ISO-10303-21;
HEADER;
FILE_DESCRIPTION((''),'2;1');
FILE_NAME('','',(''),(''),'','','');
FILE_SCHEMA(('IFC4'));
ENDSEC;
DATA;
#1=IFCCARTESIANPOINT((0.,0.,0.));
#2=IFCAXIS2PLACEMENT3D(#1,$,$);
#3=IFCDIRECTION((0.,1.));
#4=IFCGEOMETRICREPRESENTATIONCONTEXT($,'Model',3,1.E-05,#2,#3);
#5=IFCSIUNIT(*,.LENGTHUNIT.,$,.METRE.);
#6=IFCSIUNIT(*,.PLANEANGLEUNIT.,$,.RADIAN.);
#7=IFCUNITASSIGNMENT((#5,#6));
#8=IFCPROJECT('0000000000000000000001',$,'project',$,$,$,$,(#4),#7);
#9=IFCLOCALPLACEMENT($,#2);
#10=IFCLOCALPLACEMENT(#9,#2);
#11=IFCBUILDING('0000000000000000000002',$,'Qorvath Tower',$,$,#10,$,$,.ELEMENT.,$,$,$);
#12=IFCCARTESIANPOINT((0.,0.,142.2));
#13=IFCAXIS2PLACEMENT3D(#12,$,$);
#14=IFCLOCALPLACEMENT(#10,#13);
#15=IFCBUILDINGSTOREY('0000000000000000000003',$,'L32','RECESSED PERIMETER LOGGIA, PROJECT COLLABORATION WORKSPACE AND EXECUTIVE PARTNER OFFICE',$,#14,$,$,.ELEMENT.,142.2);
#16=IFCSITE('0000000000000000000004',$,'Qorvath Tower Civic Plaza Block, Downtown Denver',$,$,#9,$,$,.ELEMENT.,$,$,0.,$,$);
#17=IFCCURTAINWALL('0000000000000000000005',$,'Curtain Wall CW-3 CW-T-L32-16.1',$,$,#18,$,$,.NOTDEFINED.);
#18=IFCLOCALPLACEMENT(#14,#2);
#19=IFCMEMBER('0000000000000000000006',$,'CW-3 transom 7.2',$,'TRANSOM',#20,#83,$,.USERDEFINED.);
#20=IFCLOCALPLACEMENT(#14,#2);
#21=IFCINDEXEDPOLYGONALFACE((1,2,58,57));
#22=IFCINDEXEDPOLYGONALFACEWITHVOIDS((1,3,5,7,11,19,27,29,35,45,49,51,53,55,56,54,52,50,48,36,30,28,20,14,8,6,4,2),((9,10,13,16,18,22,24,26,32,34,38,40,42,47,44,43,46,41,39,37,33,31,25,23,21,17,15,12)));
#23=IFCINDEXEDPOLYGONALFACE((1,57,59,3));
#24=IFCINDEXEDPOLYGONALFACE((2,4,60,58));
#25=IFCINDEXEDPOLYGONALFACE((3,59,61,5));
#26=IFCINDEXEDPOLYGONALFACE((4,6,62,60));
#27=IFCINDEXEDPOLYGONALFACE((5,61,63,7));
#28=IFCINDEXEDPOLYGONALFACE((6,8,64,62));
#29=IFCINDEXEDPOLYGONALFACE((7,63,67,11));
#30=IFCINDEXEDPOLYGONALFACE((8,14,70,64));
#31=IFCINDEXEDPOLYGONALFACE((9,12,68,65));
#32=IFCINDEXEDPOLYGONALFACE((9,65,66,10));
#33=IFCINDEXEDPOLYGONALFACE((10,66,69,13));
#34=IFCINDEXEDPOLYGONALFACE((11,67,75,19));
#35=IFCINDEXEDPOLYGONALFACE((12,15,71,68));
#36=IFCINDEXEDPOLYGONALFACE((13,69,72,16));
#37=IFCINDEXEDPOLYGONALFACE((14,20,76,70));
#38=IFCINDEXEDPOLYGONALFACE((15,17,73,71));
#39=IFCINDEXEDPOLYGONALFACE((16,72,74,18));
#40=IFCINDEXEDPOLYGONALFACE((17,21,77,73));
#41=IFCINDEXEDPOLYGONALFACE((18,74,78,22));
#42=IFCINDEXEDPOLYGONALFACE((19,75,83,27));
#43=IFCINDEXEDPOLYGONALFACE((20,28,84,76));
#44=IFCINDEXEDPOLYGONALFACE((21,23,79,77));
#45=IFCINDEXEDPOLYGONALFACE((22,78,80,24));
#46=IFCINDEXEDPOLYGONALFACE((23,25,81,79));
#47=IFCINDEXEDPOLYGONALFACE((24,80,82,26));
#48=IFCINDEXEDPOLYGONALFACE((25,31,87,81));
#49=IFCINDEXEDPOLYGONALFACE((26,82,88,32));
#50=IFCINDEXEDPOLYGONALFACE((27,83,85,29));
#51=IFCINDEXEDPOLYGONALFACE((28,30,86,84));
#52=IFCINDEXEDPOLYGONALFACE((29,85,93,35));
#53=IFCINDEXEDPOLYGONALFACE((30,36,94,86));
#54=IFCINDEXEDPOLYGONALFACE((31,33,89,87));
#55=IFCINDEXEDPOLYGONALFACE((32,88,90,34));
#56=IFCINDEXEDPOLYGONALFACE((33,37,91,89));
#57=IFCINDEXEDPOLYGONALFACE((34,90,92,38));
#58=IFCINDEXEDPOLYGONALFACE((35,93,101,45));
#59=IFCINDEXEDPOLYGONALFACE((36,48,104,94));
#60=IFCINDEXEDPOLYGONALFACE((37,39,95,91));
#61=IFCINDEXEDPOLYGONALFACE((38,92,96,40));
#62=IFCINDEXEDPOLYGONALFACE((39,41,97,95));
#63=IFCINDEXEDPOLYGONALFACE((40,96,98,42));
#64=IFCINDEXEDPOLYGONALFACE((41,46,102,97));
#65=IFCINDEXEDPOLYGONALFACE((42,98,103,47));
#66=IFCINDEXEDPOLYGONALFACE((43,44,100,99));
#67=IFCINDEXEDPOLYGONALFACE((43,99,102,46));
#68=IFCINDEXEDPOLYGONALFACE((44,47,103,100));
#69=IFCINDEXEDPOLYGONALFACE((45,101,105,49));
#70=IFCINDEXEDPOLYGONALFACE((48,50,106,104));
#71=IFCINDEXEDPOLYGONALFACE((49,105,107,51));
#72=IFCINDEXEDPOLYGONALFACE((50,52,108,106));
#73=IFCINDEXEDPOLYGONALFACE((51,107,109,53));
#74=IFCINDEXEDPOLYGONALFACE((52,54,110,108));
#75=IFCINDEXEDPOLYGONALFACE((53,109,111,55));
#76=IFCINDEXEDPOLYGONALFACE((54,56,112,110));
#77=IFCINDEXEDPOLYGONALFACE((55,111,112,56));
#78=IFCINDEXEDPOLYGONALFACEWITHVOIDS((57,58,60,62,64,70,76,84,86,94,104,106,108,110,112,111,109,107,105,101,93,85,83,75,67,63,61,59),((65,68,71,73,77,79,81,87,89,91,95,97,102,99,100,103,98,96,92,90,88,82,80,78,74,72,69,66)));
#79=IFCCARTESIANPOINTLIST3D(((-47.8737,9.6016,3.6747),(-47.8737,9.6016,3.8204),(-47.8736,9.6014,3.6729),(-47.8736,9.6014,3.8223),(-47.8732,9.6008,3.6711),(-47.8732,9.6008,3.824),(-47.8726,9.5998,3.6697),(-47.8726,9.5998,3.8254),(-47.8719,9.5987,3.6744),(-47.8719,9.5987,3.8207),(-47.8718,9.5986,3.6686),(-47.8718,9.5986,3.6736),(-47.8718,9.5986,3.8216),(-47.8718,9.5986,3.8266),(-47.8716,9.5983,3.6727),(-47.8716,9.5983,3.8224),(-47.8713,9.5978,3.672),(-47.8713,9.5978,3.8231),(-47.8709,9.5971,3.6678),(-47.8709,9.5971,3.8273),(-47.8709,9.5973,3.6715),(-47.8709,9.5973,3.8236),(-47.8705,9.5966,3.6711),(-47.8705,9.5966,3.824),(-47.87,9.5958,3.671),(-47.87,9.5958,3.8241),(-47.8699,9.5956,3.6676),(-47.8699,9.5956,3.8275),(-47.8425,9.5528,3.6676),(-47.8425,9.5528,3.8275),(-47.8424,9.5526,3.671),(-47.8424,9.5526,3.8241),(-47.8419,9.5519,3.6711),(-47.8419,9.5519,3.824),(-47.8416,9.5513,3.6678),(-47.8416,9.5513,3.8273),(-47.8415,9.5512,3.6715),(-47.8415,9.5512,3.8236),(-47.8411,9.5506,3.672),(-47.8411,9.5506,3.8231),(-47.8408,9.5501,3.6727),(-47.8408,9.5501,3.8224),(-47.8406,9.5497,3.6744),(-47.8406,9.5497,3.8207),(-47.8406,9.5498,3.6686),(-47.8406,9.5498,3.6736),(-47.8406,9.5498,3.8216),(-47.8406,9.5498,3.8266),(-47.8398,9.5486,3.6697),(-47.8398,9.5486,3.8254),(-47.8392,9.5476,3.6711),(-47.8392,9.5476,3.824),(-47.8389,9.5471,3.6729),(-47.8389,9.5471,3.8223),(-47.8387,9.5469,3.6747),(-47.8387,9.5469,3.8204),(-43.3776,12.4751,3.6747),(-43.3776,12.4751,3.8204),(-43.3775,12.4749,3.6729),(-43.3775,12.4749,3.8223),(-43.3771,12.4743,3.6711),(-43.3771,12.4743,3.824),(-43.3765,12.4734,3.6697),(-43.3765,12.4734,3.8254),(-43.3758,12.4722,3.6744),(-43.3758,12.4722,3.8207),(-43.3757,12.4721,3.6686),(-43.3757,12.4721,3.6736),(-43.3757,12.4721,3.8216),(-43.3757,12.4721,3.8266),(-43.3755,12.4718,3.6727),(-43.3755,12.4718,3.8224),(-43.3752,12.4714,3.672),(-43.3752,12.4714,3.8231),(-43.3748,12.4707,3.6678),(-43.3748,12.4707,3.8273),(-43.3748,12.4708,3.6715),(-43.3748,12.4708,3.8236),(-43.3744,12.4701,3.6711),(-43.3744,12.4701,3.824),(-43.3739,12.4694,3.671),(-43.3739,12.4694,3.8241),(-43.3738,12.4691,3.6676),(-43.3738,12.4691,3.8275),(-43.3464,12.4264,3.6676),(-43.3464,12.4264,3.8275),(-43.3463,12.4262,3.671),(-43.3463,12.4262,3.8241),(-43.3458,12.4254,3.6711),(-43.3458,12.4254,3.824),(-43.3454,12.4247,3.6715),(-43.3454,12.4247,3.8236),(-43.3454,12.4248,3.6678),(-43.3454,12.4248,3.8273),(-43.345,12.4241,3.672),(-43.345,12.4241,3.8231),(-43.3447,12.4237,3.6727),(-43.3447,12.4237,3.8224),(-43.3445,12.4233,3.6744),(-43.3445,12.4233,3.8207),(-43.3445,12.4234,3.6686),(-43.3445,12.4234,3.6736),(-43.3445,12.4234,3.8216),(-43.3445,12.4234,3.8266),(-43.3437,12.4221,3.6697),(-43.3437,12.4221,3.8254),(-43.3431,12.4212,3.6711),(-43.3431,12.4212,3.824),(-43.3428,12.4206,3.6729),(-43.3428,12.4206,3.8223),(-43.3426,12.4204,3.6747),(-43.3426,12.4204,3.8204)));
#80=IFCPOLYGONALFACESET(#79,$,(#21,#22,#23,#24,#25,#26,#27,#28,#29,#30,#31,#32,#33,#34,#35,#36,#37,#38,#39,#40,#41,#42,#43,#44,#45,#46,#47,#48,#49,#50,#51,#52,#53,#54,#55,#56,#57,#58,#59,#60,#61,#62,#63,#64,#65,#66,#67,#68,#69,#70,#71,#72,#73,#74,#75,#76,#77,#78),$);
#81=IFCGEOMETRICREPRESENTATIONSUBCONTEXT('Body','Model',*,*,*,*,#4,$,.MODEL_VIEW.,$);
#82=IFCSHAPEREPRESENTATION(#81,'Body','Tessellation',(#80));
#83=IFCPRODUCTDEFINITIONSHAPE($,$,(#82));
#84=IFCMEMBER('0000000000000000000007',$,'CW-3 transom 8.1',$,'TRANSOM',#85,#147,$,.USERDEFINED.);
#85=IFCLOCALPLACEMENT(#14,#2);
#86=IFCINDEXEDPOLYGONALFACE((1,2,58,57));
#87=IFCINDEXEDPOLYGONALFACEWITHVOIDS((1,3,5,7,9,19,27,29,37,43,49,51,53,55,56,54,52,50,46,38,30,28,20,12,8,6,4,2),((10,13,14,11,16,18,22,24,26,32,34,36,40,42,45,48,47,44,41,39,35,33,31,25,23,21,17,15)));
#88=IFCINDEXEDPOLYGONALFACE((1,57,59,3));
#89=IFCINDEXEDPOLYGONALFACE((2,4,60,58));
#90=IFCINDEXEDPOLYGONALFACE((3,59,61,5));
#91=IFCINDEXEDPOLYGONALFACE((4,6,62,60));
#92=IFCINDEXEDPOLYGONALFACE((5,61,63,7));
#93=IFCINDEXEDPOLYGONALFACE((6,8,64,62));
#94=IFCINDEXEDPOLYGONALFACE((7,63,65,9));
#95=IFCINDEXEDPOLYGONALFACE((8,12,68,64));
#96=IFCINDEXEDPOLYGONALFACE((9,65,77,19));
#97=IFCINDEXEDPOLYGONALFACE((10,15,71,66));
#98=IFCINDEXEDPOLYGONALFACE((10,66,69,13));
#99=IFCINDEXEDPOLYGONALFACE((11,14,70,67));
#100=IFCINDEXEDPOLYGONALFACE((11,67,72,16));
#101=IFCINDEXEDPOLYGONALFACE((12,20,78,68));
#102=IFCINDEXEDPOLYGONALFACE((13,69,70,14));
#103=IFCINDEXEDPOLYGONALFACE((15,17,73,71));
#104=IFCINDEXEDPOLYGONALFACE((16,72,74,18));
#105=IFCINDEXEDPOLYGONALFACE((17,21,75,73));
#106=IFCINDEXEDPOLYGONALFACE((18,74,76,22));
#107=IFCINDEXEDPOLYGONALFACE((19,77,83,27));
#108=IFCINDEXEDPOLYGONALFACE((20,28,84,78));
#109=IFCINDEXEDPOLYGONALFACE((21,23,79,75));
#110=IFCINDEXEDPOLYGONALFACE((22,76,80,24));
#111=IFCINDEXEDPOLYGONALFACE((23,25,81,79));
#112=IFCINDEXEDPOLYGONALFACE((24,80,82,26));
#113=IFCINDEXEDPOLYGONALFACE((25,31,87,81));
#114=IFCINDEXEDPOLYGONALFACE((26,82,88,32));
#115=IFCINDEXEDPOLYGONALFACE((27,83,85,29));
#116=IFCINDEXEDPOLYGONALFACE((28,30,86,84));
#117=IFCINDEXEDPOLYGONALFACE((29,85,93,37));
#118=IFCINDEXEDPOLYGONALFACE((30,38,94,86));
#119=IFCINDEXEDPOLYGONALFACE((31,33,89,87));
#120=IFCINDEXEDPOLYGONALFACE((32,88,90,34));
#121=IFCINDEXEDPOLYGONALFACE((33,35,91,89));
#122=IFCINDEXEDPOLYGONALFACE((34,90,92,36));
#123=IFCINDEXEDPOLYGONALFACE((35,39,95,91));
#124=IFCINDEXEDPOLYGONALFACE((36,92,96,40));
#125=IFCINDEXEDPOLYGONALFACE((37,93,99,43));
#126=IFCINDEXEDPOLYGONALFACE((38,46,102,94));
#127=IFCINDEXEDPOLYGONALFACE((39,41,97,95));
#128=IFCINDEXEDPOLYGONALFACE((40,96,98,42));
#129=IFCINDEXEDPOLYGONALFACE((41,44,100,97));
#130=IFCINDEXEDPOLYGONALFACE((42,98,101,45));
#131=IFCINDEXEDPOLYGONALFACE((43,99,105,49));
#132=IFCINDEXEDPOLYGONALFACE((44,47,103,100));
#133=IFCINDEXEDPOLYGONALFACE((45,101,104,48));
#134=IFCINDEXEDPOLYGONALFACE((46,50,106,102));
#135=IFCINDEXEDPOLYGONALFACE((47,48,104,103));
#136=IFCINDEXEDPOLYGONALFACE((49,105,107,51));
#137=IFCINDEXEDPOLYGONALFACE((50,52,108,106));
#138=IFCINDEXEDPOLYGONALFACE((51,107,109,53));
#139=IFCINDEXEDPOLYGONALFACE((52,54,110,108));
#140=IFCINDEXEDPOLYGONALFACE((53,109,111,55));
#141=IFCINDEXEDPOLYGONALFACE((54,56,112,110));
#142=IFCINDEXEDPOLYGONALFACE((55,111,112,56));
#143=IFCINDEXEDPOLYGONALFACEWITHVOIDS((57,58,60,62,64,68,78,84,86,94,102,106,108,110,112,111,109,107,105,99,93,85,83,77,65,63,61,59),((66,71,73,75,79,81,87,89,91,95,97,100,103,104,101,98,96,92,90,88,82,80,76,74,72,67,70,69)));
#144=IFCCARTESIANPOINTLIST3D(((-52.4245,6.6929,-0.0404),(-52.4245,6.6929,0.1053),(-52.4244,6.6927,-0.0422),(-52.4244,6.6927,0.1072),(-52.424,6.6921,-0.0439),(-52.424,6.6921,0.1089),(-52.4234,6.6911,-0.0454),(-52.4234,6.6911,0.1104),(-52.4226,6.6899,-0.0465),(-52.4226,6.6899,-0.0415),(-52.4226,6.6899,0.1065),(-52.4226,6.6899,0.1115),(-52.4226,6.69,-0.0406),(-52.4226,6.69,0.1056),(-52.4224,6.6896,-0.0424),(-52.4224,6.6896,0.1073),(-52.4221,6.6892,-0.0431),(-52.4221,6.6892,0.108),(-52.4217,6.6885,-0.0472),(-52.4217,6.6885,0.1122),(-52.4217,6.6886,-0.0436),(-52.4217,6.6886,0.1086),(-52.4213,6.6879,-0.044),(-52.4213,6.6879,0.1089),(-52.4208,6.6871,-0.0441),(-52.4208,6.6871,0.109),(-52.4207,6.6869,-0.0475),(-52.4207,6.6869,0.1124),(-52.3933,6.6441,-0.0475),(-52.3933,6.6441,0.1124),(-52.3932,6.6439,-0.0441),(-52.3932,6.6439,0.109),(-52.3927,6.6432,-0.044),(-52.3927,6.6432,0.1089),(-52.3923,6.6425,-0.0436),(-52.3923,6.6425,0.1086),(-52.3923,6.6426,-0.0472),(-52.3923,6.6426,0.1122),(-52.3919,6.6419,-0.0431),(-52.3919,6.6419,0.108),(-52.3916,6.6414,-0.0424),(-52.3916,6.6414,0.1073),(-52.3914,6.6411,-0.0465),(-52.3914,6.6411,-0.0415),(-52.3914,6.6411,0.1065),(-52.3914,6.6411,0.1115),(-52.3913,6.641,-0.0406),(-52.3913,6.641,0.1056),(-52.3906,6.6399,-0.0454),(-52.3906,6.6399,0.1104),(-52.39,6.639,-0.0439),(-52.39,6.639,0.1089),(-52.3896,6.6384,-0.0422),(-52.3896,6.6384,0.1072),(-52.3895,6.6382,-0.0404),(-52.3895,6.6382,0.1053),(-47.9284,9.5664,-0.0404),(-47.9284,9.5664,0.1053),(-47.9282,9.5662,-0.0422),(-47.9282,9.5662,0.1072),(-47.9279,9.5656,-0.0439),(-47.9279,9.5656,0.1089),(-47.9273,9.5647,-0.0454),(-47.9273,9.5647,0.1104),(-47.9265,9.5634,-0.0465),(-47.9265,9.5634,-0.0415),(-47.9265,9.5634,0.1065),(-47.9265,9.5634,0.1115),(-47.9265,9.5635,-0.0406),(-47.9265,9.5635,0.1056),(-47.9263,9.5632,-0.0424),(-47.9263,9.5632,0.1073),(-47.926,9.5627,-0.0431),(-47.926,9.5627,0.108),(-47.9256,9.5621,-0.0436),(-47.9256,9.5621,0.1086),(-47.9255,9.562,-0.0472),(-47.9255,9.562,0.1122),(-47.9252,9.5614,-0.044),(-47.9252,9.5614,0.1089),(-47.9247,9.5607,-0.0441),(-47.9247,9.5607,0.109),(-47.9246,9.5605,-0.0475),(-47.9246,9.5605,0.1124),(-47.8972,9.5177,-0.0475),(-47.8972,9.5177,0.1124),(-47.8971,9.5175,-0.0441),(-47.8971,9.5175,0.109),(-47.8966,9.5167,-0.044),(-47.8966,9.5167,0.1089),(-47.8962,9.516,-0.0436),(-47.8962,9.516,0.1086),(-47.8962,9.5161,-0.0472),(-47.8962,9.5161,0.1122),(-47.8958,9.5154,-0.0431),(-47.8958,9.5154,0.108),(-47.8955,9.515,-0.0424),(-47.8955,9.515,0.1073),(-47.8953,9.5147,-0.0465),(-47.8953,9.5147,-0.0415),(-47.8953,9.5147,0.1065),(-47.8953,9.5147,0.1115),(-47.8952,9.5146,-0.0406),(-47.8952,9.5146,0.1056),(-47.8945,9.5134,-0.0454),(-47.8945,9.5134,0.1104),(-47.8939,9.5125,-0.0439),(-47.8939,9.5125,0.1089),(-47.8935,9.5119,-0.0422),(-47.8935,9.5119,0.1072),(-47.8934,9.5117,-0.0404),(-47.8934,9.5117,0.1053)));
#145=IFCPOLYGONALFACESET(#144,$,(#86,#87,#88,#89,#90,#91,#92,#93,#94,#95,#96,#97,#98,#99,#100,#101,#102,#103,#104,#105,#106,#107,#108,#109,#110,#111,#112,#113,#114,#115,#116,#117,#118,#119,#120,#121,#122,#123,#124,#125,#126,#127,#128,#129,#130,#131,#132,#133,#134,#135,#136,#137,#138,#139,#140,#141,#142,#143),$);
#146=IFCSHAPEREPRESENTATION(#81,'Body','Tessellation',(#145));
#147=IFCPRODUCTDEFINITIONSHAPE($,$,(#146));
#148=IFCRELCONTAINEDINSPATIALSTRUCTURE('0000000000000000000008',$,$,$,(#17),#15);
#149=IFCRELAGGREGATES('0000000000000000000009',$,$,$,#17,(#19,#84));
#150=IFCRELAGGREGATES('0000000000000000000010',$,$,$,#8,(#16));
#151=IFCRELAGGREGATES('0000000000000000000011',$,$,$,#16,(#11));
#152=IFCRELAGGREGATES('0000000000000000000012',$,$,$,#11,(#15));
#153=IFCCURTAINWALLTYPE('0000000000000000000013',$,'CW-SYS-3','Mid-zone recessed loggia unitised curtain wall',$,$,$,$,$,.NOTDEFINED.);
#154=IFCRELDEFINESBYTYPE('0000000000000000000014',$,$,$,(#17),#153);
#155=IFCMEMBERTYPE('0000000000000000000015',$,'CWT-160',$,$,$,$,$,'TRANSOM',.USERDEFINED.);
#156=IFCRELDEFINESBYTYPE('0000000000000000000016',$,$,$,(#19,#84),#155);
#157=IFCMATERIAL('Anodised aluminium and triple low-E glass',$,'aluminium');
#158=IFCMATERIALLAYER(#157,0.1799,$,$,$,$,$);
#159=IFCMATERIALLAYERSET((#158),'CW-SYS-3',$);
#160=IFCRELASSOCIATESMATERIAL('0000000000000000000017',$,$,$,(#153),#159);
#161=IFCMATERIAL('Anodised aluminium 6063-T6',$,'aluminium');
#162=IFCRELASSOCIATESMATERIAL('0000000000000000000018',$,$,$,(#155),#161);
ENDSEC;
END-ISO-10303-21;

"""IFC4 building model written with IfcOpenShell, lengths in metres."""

from ifc_helpers import new_model, si_unit, direction, frame, origin, origin_2d, place, context, subcontext, project, spatial, hollow_rectangle, extrude, material, layer, layer_set, material_profile, profile_set, type_object, element, aggregate, save


model = new_model("IFC4")

# Units and contexts
model_context = context("Model", 3, precision=1e-05, world=origin(), true_north=direction((0.0, 1.0)))
body_context = subcontext(model_context, "Body", "Model", "MODEL_VIEW")
ifc_project = project(units=[si_unit("LENGTHUNIT", "METRE"), si_unit("PLANEANGLEUNIT", "RADIAN")], contexts=[model_context])

# Site, building, storey
site_placement = place(None, origin())
site = spatial("IfcSite", under=ifc_project, at=site_placement, Name="Qorvath Tower Civic Plaza Block, Downtown Denver", CompositionType="ELEMENT", RefElevation=0.0)
building_placement = place(site_placement, origin())
building = spatial("IfcBuilding", under=site, at=building_placement, Name="Qorvath Tower", CompositionType="ELEMENT")
storey_placement = place(building_placement, frame((0.0, 0.0, 142.2)))
storey = spatial("IfcBuildingStorey", under=building, at=storey_placement, Name="L32", Description="RECESSED PERIMETER LOGGIA, PROJECT COLLABORATION WORKSPACE AND EXECUTIVE PARTNER OFFICE", CompositionType="ELEMENT", Elevation=142.2)

# Curtain wall, members
ifc_material_1 = material(Name="Anodised aluminium and triple low-E glass", Category="aluminium")
ifc_layer_1 = layer(ifc_material_1, 0.1799)
ifc_layer_set_1 = layer_set([ifc_layer_1], Name="CW-SYS-3")
curtain_wall_type = type_object("IfcCurtainWallType", Name="CW-SYS-3", Description="Mid-zone recessed loggia unitised curtain wall", PredefinedType="NOTDEFINED", material=ifc_layer_set_1)
curtain_wall_placement = place(storey_placement, origin())
curtain_wall = element("IfcCurtainWall", 1, at=curtain_wall_placement, inside=storey, type_object=curtain_wall_type, Name="Curtain Wall CW-3 CW-T-L32-16.1", PredefinedType="NOTDEFINED")
ifc_material_2 = material(Name="Anodised aluminium 6063-T6", Category="aluminium")
ifc_material_profile_1 = material_profile(ifc_material_2, hollow_rectangle(XDim=0.0649, YDim=0.1599, WallThickness=0.0034, InnerFilletRadius=0.0034, OuterFilletRadius=0.0071, at=origin_2d()), Name="CWT 160x65")
ifc_profile_set_1 = profile_set([ifc_material_profile_1], Name="Anodised aluminium 6063-T6")
member_type_1 = type_object("IfcMemberType", Name="CWT-160", ElementType="TRANSOM", PredefinedType="USERDEFINED", material=ifc_profile_set_1)
member_1_placement = place(storey_placement, frame((-43.3601, 12.4478, 3.7476), z_axis=(-0.842609, -0.538526, 0.0), x_axis=(0.538526, -0.842609, 0.0)))
member_1 = element("IfcMember", 2, at=member_1_placement, type_object=member_type_1, Name="CW-3 transom 7.2", ObjectType="TRANSOM", PredefinedType="USERDEFINED", context=body_context, shape_type="SweptSolid", body=[
    extrude(hollow_rectangle(XDim=0.0649, YDim=0.1599, WallThickness=0.0034, InnerFilletRadius=0.0034, OuterFilletRadius=0.0071, at=origin_2d()), origin(), (0.0, 0.0, 1.0), 5.3359),
])
member_2_placement = place(storey_placement, frame((-47.9109, 9.5391, 0.0325), z_axis=(-0.842609, -0.538526, 0.0), x_axis=(0.538526, -0.842609, 0.0)))
member_2 = element("IfcMember", 3, at=member_2_placement, type_object=member_type_1, Name="CW-3 transom 8.1", ObjectType="TRANSOM", PredefinedType="USERDEFINED", context=body_context, shape_type="SweptSolid", body=[
    extrude(hollow_rectangle(XDim=0.0649, YDim=0.1599, WallThickness=0.0034, InnerFilletRadius=0.0034, OuterFilletRadius=0.0071, at=origin_2d()), origin(), (0.0, 0.0, 1.0), 5.3359),
])
aggregate(curtain_wall, [member_1, member_2])

save(model, "model.ifc")
